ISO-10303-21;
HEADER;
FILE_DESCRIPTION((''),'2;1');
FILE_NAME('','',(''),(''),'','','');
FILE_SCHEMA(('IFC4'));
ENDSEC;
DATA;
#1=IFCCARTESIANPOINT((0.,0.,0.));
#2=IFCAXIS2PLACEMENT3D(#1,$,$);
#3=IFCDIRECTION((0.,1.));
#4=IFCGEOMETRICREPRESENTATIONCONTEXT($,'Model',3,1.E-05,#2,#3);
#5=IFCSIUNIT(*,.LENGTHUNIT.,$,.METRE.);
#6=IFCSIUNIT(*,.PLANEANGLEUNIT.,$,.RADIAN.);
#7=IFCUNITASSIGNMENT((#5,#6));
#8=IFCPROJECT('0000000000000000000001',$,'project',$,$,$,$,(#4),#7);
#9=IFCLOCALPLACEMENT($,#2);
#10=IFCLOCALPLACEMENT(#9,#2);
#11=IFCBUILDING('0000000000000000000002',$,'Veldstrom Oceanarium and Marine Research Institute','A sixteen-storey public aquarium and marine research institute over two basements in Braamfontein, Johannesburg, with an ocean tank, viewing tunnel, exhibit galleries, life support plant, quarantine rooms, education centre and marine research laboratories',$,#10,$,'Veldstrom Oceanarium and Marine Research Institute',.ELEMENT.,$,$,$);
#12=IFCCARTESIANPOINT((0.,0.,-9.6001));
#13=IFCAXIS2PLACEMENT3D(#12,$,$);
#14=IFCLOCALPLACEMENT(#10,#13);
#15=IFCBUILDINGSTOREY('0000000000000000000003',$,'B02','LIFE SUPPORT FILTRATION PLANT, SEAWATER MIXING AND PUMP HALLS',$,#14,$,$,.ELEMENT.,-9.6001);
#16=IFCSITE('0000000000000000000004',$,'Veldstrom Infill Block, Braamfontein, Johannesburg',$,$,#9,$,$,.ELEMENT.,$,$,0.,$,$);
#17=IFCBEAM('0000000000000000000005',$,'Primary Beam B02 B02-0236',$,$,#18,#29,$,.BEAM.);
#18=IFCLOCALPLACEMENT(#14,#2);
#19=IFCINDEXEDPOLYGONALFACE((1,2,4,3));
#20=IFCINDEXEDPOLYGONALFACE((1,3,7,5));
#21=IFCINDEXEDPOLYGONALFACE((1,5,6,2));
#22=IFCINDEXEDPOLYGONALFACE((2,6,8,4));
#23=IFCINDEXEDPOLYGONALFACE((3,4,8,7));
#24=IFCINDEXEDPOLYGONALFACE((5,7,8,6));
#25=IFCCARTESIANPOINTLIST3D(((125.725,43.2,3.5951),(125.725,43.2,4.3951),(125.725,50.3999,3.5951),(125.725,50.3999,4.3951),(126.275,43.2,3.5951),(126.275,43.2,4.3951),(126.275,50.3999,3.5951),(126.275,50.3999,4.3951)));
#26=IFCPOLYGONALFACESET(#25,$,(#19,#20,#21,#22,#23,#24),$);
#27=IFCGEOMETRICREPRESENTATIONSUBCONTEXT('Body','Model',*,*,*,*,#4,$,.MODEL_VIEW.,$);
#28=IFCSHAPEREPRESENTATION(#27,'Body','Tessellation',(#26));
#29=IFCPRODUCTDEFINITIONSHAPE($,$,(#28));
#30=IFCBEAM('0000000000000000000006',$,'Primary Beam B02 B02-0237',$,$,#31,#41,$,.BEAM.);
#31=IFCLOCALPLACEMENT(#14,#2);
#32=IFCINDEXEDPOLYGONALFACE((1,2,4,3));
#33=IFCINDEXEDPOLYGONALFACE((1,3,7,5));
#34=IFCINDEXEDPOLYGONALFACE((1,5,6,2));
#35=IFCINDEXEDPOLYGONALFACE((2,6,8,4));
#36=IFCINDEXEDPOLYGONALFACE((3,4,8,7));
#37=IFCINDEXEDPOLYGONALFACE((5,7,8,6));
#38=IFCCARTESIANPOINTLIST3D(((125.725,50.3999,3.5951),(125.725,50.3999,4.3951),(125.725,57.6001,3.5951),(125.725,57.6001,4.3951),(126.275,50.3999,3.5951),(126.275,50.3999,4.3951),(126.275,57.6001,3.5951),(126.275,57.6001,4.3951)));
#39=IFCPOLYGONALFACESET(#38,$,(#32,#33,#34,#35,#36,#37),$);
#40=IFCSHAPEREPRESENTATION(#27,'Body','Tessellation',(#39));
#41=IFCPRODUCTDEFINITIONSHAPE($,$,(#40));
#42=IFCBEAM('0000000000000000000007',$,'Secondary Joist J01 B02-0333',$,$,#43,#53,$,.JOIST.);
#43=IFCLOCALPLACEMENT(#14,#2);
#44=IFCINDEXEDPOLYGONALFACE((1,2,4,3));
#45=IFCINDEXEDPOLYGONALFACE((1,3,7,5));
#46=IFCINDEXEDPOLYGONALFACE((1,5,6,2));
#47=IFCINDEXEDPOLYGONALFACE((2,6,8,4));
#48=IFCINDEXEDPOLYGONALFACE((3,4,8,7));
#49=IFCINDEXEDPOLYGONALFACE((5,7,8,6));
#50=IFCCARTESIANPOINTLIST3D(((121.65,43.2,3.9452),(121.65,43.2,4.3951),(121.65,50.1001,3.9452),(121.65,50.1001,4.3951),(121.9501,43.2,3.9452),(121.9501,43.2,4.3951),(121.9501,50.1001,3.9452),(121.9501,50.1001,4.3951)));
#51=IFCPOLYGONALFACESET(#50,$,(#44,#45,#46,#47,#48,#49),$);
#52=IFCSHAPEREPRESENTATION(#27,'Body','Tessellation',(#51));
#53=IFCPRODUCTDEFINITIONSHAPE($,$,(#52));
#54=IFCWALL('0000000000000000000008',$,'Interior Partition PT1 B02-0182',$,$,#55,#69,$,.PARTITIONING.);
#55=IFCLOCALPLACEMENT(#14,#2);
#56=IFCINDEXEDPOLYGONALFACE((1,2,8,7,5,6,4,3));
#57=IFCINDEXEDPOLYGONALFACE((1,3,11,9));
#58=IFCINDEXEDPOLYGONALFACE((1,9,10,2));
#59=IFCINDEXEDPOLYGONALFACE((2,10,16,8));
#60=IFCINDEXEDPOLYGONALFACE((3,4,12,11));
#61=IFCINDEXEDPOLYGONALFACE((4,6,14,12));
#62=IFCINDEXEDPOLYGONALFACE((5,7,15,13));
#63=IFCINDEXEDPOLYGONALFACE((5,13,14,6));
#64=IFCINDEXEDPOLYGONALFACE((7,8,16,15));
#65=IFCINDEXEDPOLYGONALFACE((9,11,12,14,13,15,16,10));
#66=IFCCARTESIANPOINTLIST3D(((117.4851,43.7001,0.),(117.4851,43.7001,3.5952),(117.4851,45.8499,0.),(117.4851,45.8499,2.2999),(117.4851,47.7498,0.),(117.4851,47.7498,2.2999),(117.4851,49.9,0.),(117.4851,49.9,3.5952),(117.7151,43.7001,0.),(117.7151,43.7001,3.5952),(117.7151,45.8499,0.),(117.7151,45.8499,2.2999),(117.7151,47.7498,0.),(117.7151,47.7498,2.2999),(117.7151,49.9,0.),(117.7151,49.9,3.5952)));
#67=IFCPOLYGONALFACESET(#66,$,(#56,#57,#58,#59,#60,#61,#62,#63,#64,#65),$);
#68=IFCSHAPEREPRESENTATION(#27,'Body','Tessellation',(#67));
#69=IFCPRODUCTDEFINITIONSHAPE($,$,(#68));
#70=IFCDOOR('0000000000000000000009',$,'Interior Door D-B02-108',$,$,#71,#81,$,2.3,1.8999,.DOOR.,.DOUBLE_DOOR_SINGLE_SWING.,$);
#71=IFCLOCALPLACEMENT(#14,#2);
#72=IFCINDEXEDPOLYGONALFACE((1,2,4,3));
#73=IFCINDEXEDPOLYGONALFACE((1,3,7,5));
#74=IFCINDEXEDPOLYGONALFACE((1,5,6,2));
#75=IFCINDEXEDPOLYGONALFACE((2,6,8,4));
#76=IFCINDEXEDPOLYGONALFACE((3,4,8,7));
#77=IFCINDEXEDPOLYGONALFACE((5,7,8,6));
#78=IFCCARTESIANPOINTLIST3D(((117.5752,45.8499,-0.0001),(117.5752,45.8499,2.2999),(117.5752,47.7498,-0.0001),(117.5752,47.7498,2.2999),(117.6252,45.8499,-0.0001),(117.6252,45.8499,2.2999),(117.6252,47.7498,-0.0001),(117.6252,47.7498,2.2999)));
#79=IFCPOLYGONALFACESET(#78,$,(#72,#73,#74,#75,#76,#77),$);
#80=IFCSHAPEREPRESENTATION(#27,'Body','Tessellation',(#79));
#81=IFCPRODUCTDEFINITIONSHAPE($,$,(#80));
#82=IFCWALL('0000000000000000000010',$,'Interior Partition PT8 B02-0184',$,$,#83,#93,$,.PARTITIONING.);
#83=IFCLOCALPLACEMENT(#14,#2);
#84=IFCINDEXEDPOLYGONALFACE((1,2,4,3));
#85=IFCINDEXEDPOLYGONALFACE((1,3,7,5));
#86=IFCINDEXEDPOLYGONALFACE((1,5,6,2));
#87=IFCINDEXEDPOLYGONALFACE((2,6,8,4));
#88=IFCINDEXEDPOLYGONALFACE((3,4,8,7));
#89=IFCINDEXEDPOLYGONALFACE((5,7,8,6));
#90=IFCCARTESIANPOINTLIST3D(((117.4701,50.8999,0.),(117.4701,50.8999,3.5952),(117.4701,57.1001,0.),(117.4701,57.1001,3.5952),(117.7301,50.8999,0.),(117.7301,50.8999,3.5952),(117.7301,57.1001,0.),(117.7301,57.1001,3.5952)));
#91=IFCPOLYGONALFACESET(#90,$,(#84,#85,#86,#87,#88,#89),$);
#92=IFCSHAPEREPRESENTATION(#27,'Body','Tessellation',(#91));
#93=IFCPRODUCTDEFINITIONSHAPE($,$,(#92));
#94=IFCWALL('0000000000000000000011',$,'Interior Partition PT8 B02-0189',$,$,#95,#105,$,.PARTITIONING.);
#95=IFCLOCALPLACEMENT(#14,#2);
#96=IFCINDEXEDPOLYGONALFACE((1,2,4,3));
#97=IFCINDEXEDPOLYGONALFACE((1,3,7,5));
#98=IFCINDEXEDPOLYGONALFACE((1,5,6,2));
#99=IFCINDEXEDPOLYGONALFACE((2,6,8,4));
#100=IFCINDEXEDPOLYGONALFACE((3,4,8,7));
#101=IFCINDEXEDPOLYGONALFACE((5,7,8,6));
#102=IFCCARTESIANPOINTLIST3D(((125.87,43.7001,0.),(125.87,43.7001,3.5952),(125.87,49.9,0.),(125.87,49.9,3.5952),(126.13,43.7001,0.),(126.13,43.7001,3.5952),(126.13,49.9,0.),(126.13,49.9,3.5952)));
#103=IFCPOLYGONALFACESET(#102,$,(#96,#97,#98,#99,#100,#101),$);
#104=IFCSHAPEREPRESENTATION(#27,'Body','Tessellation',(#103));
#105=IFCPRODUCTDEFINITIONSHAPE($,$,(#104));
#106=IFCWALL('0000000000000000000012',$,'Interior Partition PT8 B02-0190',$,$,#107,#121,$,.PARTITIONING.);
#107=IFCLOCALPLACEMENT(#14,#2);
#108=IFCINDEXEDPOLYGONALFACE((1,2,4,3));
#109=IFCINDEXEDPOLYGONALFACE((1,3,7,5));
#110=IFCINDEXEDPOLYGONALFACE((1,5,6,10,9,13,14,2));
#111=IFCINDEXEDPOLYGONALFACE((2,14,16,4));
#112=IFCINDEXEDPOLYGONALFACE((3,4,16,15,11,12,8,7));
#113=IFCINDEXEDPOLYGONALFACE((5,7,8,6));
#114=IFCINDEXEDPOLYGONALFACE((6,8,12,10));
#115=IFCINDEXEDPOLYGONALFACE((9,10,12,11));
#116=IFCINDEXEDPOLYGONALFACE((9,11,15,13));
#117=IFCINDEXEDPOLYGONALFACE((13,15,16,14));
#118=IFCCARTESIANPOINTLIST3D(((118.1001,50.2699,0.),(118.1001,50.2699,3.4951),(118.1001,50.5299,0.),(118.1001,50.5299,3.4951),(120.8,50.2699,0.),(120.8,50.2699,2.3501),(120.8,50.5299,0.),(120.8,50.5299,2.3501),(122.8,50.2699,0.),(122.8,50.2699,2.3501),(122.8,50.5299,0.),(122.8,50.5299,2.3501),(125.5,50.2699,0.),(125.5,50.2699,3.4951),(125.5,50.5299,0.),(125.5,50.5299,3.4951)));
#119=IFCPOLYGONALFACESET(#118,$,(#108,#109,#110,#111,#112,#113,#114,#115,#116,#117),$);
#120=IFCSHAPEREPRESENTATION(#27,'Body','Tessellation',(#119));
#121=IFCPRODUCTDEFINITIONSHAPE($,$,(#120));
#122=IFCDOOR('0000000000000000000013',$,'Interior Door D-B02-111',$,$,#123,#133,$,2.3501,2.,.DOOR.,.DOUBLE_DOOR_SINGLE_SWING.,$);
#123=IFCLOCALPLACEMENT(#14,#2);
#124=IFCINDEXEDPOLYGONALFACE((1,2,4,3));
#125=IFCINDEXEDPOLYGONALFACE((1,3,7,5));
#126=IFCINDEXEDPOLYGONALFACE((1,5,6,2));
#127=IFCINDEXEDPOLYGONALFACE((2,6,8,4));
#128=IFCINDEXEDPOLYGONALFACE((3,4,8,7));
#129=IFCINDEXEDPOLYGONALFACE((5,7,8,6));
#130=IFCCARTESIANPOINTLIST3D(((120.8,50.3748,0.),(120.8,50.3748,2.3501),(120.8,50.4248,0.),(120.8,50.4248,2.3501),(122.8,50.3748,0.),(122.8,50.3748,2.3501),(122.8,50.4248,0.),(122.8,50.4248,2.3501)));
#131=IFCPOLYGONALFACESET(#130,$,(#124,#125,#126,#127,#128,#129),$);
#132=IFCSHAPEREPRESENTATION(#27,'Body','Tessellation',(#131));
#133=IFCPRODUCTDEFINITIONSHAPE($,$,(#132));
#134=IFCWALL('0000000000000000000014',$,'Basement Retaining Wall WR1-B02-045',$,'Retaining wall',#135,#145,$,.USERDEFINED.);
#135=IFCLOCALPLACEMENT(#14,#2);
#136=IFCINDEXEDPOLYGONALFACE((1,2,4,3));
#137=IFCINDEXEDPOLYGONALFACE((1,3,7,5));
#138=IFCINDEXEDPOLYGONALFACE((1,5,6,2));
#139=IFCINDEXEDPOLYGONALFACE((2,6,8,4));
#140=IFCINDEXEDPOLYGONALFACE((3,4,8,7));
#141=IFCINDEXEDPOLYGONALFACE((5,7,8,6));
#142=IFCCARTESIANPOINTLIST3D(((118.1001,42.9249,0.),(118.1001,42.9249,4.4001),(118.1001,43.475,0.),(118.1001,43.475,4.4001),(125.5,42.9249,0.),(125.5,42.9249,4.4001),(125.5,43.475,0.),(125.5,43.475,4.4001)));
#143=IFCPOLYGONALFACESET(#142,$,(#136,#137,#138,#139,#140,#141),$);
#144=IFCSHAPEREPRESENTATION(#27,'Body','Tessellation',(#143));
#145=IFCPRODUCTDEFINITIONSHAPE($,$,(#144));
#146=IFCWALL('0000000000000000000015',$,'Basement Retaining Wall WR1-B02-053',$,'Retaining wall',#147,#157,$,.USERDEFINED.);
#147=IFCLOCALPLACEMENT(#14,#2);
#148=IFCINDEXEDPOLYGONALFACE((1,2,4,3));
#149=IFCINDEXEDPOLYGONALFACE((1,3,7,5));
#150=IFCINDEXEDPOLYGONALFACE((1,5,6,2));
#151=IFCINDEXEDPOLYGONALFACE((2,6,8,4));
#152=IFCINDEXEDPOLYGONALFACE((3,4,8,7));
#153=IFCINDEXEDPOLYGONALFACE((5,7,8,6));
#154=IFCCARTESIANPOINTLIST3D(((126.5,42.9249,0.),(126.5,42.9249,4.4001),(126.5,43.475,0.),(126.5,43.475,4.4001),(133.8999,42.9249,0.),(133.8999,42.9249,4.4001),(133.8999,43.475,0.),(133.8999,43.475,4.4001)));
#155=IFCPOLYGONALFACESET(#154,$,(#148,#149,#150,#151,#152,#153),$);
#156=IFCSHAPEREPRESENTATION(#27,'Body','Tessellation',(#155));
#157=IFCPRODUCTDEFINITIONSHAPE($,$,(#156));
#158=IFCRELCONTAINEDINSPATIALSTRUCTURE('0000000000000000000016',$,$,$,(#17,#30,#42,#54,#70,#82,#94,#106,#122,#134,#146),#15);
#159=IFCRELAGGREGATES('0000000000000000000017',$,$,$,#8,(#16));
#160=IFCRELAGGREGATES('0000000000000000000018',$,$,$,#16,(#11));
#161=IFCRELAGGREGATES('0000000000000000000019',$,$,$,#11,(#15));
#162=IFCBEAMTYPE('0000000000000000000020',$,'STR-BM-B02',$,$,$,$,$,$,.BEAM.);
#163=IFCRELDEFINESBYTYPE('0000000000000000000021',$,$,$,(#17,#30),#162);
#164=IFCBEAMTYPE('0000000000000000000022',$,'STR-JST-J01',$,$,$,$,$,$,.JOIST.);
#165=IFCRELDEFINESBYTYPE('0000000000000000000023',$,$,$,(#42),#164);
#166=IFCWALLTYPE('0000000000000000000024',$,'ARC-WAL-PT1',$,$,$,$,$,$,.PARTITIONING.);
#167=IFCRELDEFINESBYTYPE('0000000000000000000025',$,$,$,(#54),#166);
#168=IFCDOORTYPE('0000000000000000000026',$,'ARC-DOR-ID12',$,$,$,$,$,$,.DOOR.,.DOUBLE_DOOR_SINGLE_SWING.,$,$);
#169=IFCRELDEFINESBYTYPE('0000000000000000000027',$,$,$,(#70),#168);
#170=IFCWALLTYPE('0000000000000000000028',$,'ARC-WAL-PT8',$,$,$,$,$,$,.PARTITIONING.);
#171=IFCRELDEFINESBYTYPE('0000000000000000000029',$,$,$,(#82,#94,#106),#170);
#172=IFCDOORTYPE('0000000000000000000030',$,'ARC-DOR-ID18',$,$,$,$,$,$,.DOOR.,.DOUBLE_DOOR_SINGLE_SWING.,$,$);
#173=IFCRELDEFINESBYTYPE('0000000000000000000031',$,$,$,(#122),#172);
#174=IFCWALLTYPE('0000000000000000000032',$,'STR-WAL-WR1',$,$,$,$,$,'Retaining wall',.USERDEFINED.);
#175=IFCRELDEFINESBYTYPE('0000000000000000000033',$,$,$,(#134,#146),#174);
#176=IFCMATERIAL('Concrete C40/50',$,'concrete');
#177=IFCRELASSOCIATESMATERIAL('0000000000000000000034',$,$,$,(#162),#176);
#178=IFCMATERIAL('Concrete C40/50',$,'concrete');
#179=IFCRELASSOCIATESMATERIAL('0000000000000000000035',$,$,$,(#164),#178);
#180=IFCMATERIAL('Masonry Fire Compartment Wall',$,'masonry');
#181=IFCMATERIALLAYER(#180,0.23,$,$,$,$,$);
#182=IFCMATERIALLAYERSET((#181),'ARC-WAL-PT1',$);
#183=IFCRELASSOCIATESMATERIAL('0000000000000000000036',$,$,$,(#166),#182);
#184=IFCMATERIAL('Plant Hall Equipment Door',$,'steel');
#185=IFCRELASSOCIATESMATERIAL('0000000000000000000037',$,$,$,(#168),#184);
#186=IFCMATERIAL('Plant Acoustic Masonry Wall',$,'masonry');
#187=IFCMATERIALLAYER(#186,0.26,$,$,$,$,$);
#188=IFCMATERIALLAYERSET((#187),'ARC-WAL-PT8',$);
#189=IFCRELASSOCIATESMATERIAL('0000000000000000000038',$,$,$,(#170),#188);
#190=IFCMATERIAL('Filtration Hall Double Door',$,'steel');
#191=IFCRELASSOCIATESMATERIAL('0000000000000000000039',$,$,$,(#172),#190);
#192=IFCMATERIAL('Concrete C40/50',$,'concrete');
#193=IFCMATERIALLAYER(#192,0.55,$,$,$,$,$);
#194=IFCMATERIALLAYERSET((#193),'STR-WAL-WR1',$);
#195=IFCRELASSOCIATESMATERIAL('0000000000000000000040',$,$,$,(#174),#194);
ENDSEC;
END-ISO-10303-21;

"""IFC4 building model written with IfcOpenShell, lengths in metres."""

from ifc_helpers import new_model, si_unit, direction, frame, frame_2d, origin, origin_2d, place, context, subcontext, project, spatial, rectangle, extrude, material, layer, layer_set, material_profile, profile_set, type_object, element, fill, save


model = new_model("IFC4")

# Units and contexts
model_context = context("Model", 3, precision=1e-05, world=origin(), true_north=direction((0.0, 1.0)))
body_context = subcontext(model_context, "Body", "Model", "MODEL_VIEW")
ifc_project = project(units=[si_unit("LENGTHUNIT", "METRE"), si_unit("PLANEANGLEUNIT", "RADIAN")], contexts=[model_context])

# Site, building, storey
site_placement = place(None, origin())
site = spatial("IfcSite", under=ifc_project, at=site_placement, Name="Veldstrom Infill Block, Braamfontein, Johannesburg", CompositionType="ELEMENT", RefElevation=0.0)
building_placement = place(site_placement, origin())
building = spatial("IfcBuilding", under=site, at=building_placement, Name="Veldstrom Oceanarium and Marine Research Institute", Description="A sixteen-storey public aquarium and marine research institute over two basements in Braamfontein, Johannesburg, with an ocean tank, viewing tunnel, exhibit galleries, life support plant, quarantine rooms, education centre and marine research laboratories", LongName="Veldstrom Oceanarium and Marine Research Institute", CompositionType="ELEMENT")
storey_placement = place(building_placement, frame((0.0, 0.0, -9.6001)))
storey = spatial("IfcBuildingStorey", under=building, at=storey_placement, Name="B02", Description="LIFE SUPPORT FILTRATION PLANT, SEAWATER MIXING AND PUMP HALLS", CompositionType="ELEMENT", Elevation=-9.6001)

# Beams
ifc_material_1 = material(Name="Concrete C40/50", Category="concrete")
ifc_material_profile_1 = material_profile(ifc_material_1, rectangle(XDim=0.55, YDim=0.8, at=origin_2d()), Name="RC-BM-550x800")
ifc_profile_set_1 = profile_set([ifc_material_profile_1], Name="Concrete C40/50")
beam_type_1 = type_object("IfcBeamType", Name="STR-BM-B02", PredefinedType="BEAM", material=ifc_profile_set_1)
beam_1_placement = place(storey_placement, frame((126.0, 43.2, 3.9951), z_axis=(0.0, 1.0, 0.0), x_axis=(-1.0, 0.0, 0.0)))
element("IfcBeam", 1, at=beam_1_placement, inside=storey, type_object=beam_type_1, Name="Primary Beam B02 B02-0236", PredefinedType="BEAM", context=body_context, shape_type="SweptSolid", body=[
    extrude(rectangle(XDim=0.55, YDim=0.8, at=origin_2d()), origin(), (0.0, 0.0, 1.0), 7.2),
])
beam_2_placement = place(storey_placement, frame((126.0, 50.3999, 3.9951), z_axis=(0.0, 1.0, 0.0), x_axis=(-1.0, 0.0, 0.0)))
element("IfcBeam", 2, at=beam_2_placement, inside=storey, type_object=beam_type_1, Name="Primary Beam B02 B02-0237", PredefinedType="BEAM", context=body_context, shape_type="SweptSolid", body=[
    extrude(rectangle(XDim=0.55, YDim=0.8, at=origin_2d()), origin(), (0.0, 0.0, 1.0), 7.2002),
])
ifc_material_2 = material(Name="Concrete C40/50", Category="concrete")
ifc_material_profile_2 = material_profile(ifc_material_2, rectangle(XDim=0.3, YDim=0.45, at=origin_2d()), Name="RC-JST-300x450")
ifc_profile_set_2 = profile_set([ifc_material_profile_2], Name="Concrete C40/50")
beam_type_2 = type_object("IfcBeamType", Name="STR-JST-J01", PredefinedType="JOIST", material=ifc_profile_set_2)
beam_3_placement = place(storey_placement, frame((121.8, 43.2, 4.1702), z_axis=(0.0, 1.0, 0.0), x_axis=(-1.0, 0.0, 0.0)))
element("IfcBeam", 3, at=beam_3_placement, inside=storey, type_object=beam_type_2, Name="Secondary Joist J01 B02-0333", PredefinedType="JOIST", context=body_context, shape_type="SweptSolid", body=[
    extrude(rectangle(XDim=0.3, YDim=0.45, at=origin_2d()), origin(), (0.0, 0.0, 1.0), 6.9001),
])

# Wall, opening, door
ifc_material_3 = material(Name="Masonry Fire Compartment Wall", Category="masonry")
ifc_layer_1 = layer(ifc_material_3, 0.23)
ifc_layer_set_1 = layer_set([ifc_layer_1], Name="ARC-WAL-PT1")
wall_type_1 = type_object("IfcWallType", Name="ARC-WAL-PT1", PredefinedType="PARTITIONING", material=ifc_layer_set_1)
wall_1_placement = place(storey_placement, frame((117.6001, 43.7, 0.0), z_axis=(0.0, 0.0, 1.0), x_axis=(0.0, 1.0, 0.0)))
wall_1 = element("IfcWall", 4, at=wall_1_placement, inside=storey, type_object=wall_type_1, Name="Interior Partition PT1 B02-0182", PredefinedType="PARTITIONING", context=body_context, shape_type="SweptSolid", body=[
    extrude(rectangle(XDim=6.2, YDim=0.23, at=frame_2d((3.1001, 0.0))), origin(), (0.0, 0.0, 1.0), 3.5952),
])
opening_1_placement = place(wall_1_placement, frame((2.1499, 0.0, 0.0)))
opening_1 = element("IfcOpeningElement", 5, at=opening_1_placement, cuts=wall_1, PredefinedType="OPENING", context=body_context, shape_type="SweptSolid", body=[
    extrude(rectangle(XDim=1.8999, YDim=2.3, at=frame_2d((0.95, 1.1499))), frame((0.0, 0.125, 0.0), z_axis=(0.0, -1.0, 0.0), x_axis=(1.0, 0.0, 0.0)), (0.0, 0.0, 1.0), 0.25),
])
ifc_material_4 = material(Name="Plant Hall Equipment Door", Category="steel")
door_type_1 = type_object("IfcDoorType", Name="ARC-DOR-ID12", OperationType="DOUBLE_DOOR_SINGLE_SWING", PredefinedType="DOOR", material=ifc_material_4)
door_1_placement = place(opening_1_placement, origin())
door_1 = element("IfcDoor", 6, at=door_1_placement, inside=storey, type_object=door_type_1, Name="Interior Door D-B02-108", OperationType="DOUBLE_DOOR_SINGLE_SWING", OverallHeight=2.3, OverallWidth=1.8999, PredefinedType="DOOR", context=body_context, shape_type="SweptSolid", body=[
    extrude(rectangle(XDim=1.8999, YDim=2.3, at=frame_2d((0.95, 1.1499))), frame((0.0, 0.0249, 0.0), z_axis=(0.0, -1.0, 0.0), x_axis=(1.0, 0.0, 0.0)), (0.0, 0.0, 1.0), 0.05),
])
fill(opening_1, door_1)

# Walls
ifc_material_5 = material(Name="Plant Acoustic Masonry Wall", Category="masonry")
ifc_layer_2 = layer(ifc_material_5, 0.26)
ifc_layer_set_2 = layer_set([ifc_layer_2], Name="ARC-WAL-PT8")
wall_type_2 = type_object("IfcWallType", Name="ARC-WAL-PT8", PredefinedType="PARTITIONING", material=ifc_layer_set_2)
wall_2_placement = place(storey_placement, frame((117.6001, 50.8999, 0.0), z_axis=(0.0, 0.0, 1.0), x_axis=(0.0, 1.0, 0.0)))
element("IfcWall", 7, at=wall_2_placement, inside=storey, type_object=wall_type_2, Name="Interior Partition PT8 B02-0184", PredefinedType="PARTITIONING", context=body_context, shape_type="SweptSolid", body=[
    extrude(rectangle(XDim=6.2002, YDim=0.26, at=frame_2d((3.1001, 0.0))), origin(), (0.0, 0.0, 1.0), 3.5952),
])
wall_3_placement = place(storey_placement, frame((126.0, 43.7, 0.0), z_axis=(0.0, 0.0, 1.0), x_axis=(0.0, 1.0, 0.0)))
element("IfcWall", 8, at=wall_3_placement, inside=storey, type_object=wall_type_2, Name="Interior Partition PT8 B02-0189", PredefinedType="PARTITIONING", context=body_context, shape_type="SweptSolid", body=[
    extrude(rectangle(XDim=6.2, YDim=0.26, at=frame_2d((3.1001, 0.0))), origin(), (0.0, 0.0, 1.0), 3.5952),
])

# Wall, opening, door
wall_4_placement = place(storey_placement, frame((118.1001, 50.3999, 0.0), z_axis=(0.0, 0.0, 1.0), x_axis=(1.0, 0.0, 0.0)))
wall_4 = element("IfcWall", 9, at=wall_4_placement, inside=storey, type_object=wall_type_2, Name="Interior Partition PT8 B02-0190", PredefinedType="PARTITIONING", context=body_context, shape_type="SweptSolid", body=[
    extrude(rectangle(XDim=7.3999, YDim=0.26, at=frame_2d((3.7, 0.0))), origin(), (0.0, 0.0, 1.0), 3.4951),
])
opening_2_placement = place(wall_4_placement, frame((2.7, 0.0, 0.0)))
opening_2 = element("IfcOpeningElement", 10, at=opening_2_placement, cuts=wall_4, PredefinedType="OPENING", context=body_context, shape_type="SweptSolid", body=[
    extrude(rectangle(XDim=2.0, YDim=2.3501, at=frame_2d((1.0, 1.175))), frame((0.0, 0.1399, 0.0), z_axis=(0.0, -1.0, 0.0), x_axis=(1.0, 0.0, 0.0)), (0.0, 0.0, 1.0), 0.28),
])
ifc_material_6 = material(Name="Filtration Hall Double Door", Category="steel")
door_type_2 = type_object("IfcDoorType", Name="ARC-DOR-ID18", OperationType="DOUBLE_DOOR_SINGLE_SWING", PredefinedType="DOOR", material=ifc_material_6)
door_2_placement = place(opening_2_placement, origin())
door_2 = element("IfcDoor", 11, at=door_2_placement, inside=storey, type_object=door_type_2, Name="Interior Door D-B02-111", OperationType="DOUBLE_DOOR_SINGLE_SWING", OverallHeight=2.3501, OverallWidth=2.0, PredefinedType="DOOR", context=body_context, shape_type="SweptSolid", body=[
    extrude(rectangle(XDim=2.0, YDim=2.3501, at=frame_2d((1.0, 1.175))), frame((0.0, 0.0249, 0.0), z_axis=(0.0, -1.0, 0.0), x_axis=(1.0, 0.0, 0.0)), (0.0, 0.0, 1.0), 0.05),
])
fill(opening_2, door_2)

# Walls
ifc_material_7 = material(Name="Concrete C40/50", Category="concrete")
ifc_layer_3 = layer(ifc_material_7, 0.55)
ifc_layer_set_3 = layer_set([ifc_layer_3], Name="STR-WAL-WR1")
wall_type_3 = type_object("IfcWallType", Name="STR-WAL-WR1", ElementType="Retaining wall", PredefinedType="USERDEFINED", material=ifc_layer_set_3)
for number, where, z_axis, x_axis, name in (
    (12, (118.1001, 43.2, 0.0), (0.0, 0.0, 1.0), (1.0, 0.0, 0.0), "Basement Retaining Wall WR1-B02-045"),
    (13, (126.5, 43.2, 0.0), (0.0, 0.0, 1.0), (1.0, 0.0, 0.0), "Basement Retaining Wall WR1-B02-053"),
):
    element("IfcWall", number, at=place(storey_placement, frame(where, z_axis=z_axis, x_axis=x_axis)), inside=storey, type_object=wall_type_3, Name=name, ObjectType="Retaining wall", PredefinedType="USERDEFINED", context=body_context, shape_type="SweptSolid", body=[
        extrude(rectangle(XDim=7.3999, YDim=0.55, at=frame_2d((3.7, 0.0))), origin(), (0.0, 0.0, 1.0), 4.4001),
    ])

save(model, "model.ifc")
